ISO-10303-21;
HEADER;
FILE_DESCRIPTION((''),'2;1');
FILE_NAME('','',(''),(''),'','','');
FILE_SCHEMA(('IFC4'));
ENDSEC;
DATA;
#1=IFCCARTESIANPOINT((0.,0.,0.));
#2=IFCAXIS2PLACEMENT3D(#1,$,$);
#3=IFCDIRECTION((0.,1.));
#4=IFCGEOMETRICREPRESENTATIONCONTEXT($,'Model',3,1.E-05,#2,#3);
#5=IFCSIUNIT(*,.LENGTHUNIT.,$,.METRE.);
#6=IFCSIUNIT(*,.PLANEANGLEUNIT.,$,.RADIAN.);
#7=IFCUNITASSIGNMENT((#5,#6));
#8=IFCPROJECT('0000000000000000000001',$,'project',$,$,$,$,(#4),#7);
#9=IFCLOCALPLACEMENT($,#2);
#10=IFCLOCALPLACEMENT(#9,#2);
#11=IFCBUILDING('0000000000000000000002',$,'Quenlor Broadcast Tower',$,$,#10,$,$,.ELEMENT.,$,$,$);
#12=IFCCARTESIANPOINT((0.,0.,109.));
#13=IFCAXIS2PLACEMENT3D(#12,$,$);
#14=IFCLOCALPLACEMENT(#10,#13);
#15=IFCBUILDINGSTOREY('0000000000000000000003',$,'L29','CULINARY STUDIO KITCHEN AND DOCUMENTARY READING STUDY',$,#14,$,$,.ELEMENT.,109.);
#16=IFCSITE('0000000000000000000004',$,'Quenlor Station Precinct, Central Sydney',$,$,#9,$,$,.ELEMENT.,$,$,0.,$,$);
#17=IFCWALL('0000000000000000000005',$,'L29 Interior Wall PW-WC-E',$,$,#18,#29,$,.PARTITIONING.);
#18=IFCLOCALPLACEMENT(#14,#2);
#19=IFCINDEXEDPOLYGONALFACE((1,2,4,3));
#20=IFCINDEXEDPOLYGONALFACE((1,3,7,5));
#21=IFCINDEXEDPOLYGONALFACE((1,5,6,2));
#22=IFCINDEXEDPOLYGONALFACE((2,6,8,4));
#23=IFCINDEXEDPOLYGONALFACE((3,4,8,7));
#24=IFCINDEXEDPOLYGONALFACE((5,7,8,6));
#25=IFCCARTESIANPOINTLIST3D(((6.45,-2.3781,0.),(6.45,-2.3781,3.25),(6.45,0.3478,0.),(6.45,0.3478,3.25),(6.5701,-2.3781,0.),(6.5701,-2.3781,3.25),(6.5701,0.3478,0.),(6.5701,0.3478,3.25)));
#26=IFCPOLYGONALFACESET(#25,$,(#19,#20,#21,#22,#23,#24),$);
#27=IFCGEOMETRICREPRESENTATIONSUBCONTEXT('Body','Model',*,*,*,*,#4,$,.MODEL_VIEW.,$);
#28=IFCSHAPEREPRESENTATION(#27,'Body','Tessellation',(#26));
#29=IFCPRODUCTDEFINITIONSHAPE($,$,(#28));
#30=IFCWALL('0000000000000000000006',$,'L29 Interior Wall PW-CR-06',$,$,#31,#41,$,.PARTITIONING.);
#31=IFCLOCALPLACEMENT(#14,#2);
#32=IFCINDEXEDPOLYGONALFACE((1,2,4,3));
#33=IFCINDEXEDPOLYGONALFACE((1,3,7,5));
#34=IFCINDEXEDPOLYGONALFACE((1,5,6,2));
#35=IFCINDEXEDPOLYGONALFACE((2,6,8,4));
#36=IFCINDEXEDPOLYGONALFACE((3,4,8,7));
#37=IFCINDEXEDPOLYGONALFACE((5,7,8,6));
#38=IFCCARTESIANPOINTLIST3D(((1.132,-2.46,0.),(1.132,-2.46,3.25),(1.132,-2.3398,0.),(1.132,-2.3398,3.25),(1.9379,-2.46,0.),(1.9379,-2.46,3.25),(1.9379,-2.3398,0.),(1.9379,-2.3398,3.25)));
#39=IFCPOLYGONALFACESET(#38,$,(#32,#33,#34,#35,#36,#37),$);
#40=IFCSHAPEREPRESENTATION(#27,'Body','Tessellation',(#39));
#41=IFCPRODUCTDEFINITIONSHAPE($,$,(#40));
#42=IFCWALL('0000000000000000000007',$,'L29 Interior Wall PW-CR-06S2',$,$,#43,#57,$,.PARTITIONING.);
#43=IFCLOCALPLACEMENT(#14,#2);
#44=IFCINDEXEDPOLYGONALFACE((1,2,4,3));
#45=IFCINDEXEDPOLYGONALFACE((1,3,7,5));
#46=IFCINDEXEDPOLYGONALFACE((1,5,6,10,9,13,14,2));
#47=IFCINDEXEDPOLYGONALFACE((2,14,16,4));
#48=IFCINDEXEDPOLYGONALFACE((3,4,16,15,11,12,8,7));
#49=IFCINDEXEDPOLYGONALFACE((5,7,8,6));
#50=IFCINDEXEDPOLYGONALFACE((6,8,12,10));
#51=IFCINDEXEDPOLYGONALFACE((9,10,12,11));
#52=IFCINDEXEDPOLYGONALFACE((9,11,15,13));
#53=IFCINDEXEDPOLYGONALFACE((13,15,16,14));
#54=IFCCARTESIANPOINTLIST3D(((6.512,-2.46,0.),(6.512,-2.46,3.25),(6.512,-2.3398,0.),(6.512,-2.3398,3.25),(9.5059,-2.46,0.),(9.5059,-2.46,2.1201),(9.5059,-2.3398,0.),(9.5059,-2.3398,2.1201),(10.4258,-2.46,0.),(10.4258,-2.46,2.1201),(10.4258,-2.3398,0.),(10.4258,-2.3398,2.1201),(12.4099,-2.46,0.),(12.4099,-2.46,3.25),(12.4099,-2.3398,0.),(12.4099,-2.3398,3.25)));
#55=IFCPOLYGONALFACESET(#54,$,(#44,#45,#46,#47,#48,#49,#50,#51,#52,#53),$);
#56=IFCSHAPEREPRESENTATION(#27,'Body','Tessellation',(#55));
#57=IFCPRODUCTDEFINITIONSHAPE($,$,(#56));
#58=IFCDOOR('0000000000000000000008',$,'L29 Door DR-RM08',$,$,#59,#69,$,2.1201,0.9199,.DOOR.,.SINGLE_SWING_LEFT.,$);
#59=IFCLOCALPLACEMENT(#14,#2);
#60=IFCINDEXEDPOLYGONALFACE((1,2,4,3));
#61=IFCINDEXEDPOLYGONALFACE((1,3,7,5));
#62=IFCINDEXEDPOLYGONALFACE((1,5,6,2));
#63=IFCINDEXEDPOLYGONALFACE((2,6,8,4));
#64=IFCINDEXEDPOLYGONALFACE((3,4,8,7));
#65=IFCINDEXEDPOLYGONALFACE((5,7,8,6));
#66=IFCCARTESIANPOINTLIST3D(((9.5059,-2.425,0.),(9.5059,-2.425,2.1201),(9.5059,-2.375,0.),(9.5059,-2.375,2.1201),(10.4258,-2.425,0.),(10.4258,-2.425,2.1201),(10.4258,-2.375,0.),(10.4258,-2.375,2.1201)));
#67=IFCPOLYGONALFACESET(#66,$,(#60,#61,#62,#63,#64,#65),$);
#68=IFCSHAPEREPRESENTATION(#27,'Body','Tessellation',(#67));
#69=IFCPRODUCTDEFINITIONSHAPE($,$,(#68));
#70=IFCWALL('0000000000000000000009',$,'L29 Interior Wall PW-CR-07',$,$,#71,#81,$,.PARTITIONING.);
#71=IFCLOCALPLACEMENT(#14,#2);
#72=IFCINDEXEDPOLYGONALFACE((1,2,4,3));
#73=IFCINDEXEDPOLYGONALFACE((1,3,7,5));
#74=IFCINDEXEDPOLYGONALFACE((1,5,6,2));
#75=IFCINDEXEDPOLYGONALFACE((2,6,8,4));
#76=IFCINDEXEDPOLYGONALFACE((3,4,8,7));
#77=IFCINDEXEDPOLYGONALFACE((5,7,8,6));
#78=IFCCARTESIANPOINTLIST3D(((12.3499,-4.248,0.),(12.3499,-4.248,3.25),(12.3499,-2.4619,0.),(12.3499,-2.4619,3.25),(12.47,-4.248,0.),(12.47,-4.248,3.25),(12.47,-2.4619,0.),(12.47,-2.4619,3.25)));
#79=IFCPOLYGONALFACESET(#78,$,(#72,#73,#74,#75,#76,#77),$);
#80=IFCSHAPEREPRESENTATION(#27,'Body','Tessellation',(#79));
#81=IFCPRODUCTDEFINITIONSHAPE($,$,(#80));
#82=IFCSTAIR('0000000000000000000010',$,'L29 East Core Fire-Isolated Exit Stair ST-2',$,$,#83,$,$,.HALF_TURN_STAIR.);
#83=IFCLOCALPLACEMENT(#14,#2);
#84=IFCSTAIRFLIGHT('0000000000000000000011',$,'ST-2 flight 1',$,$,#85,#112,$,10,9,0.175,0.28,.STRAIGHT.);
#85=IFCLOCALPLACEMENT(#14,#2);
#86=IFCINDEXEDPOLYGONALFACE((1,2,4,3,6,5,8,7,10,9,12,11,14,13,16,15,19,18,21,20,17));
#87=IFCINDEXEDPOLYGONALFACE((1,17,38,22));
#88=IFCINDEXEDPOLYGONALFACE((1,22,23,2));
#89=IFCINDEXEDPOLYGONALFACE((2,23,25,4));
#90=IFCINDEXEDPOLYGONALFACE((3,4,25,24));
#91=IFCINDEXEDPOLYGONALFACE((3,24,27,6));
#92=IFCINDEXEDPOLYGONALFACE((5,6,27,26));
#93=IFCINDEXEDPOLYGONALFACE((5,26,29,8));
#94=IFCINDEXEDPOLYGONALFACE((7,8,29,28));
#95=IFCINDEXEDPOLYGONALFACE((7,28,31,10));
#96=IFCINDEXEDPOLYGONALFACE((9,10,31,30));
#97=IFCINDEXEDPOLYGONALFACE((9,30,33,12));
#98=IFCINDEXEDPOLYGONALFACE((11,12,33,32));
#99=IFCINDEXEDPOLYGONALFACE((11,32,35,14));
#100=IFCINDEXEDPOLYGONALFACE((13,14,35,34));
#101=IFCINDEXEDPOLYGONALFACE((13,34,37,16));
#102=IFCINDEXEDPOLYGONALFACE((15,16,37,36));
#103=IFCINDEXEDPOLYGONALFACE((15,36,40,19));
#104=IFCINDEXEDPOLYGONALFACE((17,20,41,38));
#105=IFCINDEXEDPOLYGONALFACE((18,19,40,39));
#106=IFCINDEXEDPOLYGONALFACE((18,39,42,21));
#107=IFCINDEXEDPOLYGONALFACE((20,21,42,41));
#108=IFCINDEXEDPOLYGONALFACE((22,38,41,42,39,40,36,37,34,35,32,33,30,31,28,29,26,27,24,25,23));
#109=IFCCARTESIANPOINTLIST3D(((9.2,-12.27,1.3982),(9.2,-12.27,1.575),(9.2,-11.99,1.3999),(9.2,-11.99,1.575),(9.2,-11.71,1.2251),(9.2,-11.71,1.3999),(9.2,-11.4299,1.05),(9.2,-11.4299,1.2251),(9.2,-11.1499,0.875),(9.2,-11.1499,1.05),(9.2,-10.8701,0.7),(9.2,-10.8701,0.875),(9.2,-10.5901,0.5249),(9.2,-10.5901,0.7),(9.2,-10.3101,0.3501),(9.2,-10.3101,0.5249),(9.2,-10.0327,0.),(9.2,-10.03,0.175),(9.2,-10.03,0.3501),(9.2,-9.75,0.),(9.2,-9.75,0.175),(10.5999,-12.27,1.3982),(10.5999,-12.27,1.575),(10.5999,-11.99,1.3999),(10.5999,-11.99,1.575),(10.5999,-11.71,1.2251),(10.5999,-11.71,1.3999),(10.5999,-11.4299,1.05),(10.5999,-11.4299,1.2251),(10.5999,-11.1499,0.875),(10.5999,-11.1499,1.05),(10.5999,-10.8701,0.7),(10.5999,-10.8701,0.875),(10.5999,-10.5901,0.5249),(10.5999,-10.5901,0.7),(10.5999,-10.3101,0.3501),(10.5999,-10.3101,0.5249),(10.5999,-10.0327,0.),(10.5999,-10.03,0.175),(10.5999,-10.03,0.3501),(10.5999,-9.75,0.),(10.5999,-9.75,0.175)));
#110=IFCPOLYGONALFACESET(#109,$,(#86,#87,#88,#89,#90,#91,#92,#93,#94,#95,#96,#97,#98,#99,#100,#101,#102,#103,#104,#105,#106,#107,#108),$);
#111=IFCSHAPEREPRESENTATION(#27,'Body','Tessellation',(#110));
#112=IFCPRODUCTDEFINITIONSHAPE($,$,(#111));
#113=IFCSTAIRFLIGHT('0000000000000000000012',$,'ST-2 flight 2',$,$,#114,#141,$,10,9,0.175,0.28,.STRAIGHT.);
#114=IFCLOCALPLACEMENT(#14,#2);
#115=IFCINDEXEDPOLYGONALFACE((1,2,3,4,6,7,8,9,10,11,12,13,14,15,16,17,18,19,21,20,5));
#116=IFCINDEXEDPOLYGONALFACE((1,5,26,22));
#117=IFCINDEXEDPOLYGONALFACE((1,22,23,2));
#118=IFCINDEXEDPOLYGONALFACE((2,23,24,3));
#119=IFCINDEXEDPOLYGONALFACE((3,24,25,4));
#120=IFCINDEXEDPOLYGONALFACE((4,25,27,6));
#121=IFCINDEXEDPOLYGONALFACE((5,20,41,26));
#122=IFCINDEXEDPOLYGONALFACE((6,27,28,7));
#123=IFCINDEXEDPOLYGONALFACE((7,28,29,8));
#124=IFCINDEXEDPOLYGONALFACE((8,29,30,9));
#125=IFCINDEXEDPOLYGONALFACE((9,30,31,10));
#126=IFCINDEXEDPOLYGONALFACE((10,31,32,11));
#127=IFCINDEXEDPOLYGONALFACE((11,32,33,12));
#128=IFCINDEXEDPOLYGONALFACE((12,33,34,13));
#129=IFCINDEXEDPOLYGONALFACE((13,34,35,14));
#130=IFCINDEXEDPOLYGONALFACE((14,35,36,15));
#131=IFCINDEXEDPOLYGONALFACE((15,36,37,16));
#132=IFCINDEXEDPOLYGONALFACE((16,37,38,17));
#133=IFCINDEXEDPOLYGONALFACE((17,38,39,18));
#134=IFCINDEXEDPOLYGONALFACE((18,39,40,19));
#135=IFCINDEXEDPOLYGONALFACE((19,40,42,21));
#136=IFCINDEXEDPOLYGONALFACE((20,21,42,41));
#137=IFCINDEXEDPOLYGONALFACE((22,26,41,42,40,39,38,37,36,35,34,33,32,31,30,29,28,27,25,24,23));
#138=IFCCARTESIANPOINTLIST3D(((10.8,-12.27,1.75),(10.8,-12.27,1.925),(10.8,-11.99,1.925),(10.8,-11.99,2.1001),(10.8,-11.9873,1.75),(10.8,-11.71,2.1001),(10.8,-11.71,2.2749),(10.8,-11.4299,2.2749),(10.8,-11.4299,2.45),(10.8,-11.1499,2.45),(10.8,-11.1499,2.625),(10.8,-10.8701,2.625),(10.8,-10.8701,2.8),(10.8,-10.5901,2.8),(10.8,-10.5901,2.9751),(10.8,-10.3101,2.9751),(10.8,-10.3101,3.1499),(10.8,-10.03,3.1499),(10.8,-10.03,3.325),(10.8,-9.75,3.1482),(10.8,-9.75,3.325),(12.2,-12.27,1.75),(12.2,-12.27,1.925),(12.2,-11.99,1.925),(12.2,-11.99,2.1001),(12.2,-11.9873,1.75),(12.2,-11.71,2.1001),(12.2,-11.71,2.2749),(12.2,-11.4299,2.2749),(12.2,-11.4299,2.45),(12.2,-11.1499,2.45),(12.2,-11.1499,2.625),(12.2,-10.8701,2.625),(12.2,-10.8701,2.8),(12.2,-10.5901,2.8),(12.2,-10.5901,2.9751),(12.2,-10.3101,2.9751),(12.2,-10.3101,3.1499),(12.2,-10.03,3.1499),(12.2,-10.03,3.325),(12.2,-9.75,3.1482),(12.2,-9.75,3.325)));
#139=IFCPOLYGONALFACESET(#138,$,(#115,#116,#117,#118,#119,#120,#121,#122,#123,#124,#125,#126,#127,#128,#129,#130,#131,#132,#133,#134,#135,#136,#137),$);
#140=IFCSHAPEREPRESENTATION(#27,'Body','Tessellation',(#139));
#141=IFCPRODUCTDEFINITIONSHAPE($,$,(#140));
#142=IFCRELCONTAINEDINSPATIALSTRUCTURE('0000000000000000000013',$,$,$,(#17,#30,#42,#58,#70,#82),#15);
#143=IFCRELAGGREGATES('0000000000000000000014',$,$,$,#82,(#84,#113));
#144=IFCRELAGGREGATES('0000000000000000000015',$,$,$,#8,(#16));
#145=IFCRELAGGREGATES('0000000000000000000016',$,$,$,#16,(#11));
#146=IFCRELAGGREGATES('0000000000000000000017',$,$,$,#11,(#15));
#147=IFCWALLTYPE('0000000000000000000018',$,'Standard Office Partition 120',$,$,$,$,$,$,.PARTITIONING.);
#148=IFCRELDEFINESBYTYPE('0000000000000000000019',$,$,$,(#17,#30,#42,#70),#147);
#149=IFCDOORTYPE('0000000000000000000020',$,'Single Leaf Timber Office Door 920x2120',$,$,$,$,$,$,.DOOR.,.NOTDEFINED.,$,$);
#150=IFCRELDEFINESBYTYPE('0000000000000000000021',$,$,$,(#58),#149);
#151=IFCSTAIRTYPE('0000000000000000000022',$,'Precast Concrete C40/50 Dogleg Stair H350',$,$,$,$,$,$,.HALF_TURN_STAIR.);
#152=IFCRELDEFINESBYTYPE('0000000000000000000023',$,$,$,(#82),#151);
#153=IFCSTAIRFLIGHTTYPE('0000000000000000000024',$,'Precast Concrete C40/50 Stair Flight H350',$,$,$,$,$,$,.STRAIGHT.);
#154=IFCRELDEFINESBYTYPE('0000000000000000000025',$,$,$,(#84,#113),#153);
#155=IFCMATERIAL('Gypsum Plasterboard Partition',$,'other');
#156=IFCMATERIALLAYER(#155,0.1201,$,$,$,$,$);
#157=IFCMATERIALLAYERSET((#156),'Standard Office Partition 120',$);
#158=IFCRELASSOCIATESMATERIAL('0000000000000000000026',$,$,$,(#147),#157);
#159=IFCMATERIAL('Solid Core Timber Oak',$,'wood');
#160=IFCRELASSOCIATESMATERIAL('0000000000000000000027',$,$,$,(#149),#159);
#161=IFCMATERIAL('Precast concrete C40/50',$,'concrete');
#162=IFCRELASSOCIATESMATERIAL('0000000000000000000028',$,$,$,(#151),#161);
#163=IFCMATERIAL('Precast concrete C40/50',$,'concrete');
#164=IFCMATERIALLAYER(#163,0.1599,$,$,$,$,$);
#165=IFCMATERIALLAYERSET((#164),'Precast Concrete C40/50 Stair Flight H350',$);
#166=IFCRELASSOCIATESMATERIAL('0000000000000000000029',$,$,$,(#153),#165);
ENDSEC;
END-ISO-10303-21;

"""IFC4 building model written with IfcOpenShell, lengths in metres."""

from ifc_helpers import new_model, si_unit, direction, frame, frame_2d, origin, place, context, subcontext, project, spatial, polyline, rectangle, outline, extrude, material, layer, layer_set, type_object, element, fill, aggregate, save


model = new_model("IFC4")

# Units and contexts
model_context = context("Model", 3, precision=1e-05, world=origin(), true_north=direction((0.0, 1.0)))
body_context = subcontext(model_context, "Body", "Model", "MODEL_VIEW")
ifc_project = project(units=[si_unit("LENGTHUNIT", "METRE"), si_unit("PLANEANGLEUNIT", "RADIAN")], contexts=[model_context])

# Site, building, storey
site_placement = place(None, origin())
site = spatial("IfcSite", under=ifc_project, at=site_placement, Name="Quenlor Station Precinct, Central Sydney", CompositionType="ELEMENT", RefElevation=0.0)
building_placement = place(site_placement, origin())
building = spatial("IfcBuilding", under=site, at=building_placement, Name="Quenlor Broadcast Tower", CompositionType="ELEMENT")
storey_placement = place(building_placement, frame((0.0, 0.0, 109.0)))
storey = spatial("IfcBuildingStorey", under=building, at=storey_placement, Name="L29", Description="CULINARY STUDIO KITCHEN AND DOCUMENTARY READING STUDY", CompositionType="ELEMENT", Elevation=109.0)

# Shared definitions
ifc_material_1 = material(Name="Gypsum Plasterboard Partition", Category="other")
ifc_layer_1 = layer(ifc_material_1, 0.1201)
ifc_layer_set_1 = layer_set([ifc_layer_1], Name="Standard Office Partition 120")
wall_type_1 = type_object("IfcWallType", Name="Standard Office Partition 120", PredefinedType="PARTITIONING", material=ifc_layer_set_1)

# Walls
wall_1_placement = place(storey_placement, frame((6.51, -2.3779, 0.0), z_axis=(0.0, 0.0, 1.0), x_axis=(0.0, 1.0, 0.0)))
element("IfcWall", 1, at=wall_1_placement, inside=storey, type_object=wall_type_1, Name="L29 Interior Wall PW-WC-E", PredefinedType="PARTITIONING", context=body_context, shape_type="SweptSolid", body=[
    extrude(rectangle(XDim=2.7258, YDim=0.1201, at=frame_2d((1.3628, 0.0))), origin(), (0.0, 0.0, 1.0), 3.25),
])
wall_2_placement = place(storey_placement, frame((1.1321, -2.3999, 0.0), z_axis=(0.0, 0.0, 1.0), x_axis=(1.0, 0.0, 0.0)))
element("IfcWall", 2, at=wall_2_placement, inside=storey, type_object=wall_type_1, Name="L29 Interior Wall PW-CR-06", PredefinedType="PARTITIONING", context=body_context, shape_type="SweptSolid", body=[
    extrude(rectangle(XDim=0.8059, YDim=0.1201, at=frame_2d((0.4028, 0.0))), origin(), (0.0, 0.0, 1.0), 3.25),
])

# Wall, opening, door
wall_3_placement = place(storey_placement, frame((6.512, -2.3999, 0.0), z_axis=(0.0, 0.0, 1.0), x_axis=(1.0, 0.0, 0.0)))
wall_3 = element("IfcWall", 3, at=wall_3_placement, inside=storey, type_object=wall_type_1, Name="L29 Interior Wall PW-CR-06S2", PredefinedType="PARTITIONING", context=body_context, shape_type="SweptSolid", body=[
    extrude(rectangle(XDim=5.8979, YDim=0.1201, at=frame_2d((2.949, 0.0))), origin(), (0.0, 0.0, 1.0), 3.25),
])
opening_1_placement = place(wall_3_placement, frame((2.9939, 0.0, 0.0)))
opening_1 = element("IfcOpeningElement", 4, at=opening_1_placement, cuts=wall_3, PredefinedType="OPENING", context=body_context, shape_type="SweptSolid", body=[
    extrude(rectangle(XDim=0.9199, YDim=2.1201, at=frame_2d((0.46, 1.0601))), frame((0.0, 0.0701, 0.0), z_axis=(0.0, -1.0, 0.0), x_axis=(1.0, 0.0, 0.0)), (0.0, 0.0, 1.0), 0.1401),
])
ifc_material_2 = material(Name="Solid Core Timber Oak", Category="wood")
door_type_1 = type_object("IfcDoorType", Name="Single Leaf Timber Office Door 920x2120", OperationType="NOTDEFINED", PredefinedType="DOOR", material=ifc_material_2)
door_1_placement = place(opening_1_placement, origin())
door_1 = element("IfcDoor", 5, at=door_1_placement, inside=storey, type_object=door_type_1, Name="L29 Door DR-RM08", OperationType="SINGLE_SWING_LEFT", OverallHeight=2.1201, OverallWidth=0.9199, PredefinedType="DOOR", context=body_context, shape_type="SweptSolid", body=[
    extrude(rectangle(XDim=0.9199, YDim=2.1201, at=frame_2d((0.46, 1.0601))), frame((0.0, 0.0249, 0.0), z_axis=(0.0, -1.0, 0.0), x_axis=(1.0, 0.0, 0.0)), (0.0, 0.0, 1.0), 0.05),
])
fill(opening_1, door_1)

# Wall
wall_4_placement = place(storey_placement, frame((12.4099, -2.4619, 0.0), z_axis=(0.0, 0.0, 1.0), x_axis=(0.0, -1.0, 0.0)))
element("IfcWall", 6, at=wall_4_placement, inside=storey, type_object=wall_type_1, Name="L29 Interior Wall PW-CR-07", PredefinedType="PARTITIONING", context=body_context, shape_type="SweptSolid", body=[
    extrude(rectangle(XDim=1.7861, YDim=0.1201, at=frame_2d((0.8931, 0.0))), origin(), (0.0, 0.0, 1.0), 3.25),
])

# Stair, stair flights
ifc_material_3 = material(Name="Precast concrete C40/50", Category="concrete")
stair_type = type_object("IfcStairType", Name="Precast Concrete C40/50 Dogleg Stair H350", PredefinedType="HALF_TURN_STAIR", material=ifc_material_3)
stair_placement = place(storey_placement, origin())
stair = element("IfcStair", 7, at=stair_placement, inside=storey, type_object=stair_type, Name="L29 East Core Fire-Isolated Exit Stair ST-2", PredefinedType="HALF_TURN_STAIR")
ifc_material_4 = material(Name="Precast concrete C40/50", Category="concrete")
ifc_layer_2 = layer(ifc_material_4, 0.1599)
ifc_layer_set_2 = layer_set([ifc_layer_2], Name="Precast Concrete C40/50 Stair Flight H350")
stair_flight_type = type_object("IfcStairFlightType", Name="Precast Concrete C40/50 Stair Flight H350", PredefinedType="STRAIGHT", material=ifc_layer_set_2)
stair_flight_1_placement = place(storey_placement, frame((9.8999, -9.75, 0.0), z_axis=(0.0, 0.0, 1.0), x_axis=(0.0, -1.0, 0.0)))
stair_flight_1 = element("IfcStairFlight", 8, at=stair_flight_1_placement, type_object=stair_flight_type, Name="ST-2 flight 1", NumberOfRisers=10, NumberOfTreads=9, PredefinedType="STRAIGHT", RiserHeight=0.175, TreadLength=0.28, context=body_context, shape_type="SweptSolid", body=[
    extrude(outline(polyline([(0.0, 0.0), (0.0, 0.175), (0.28, 0.175), (0.28, 0.3501), (0.5601, 0.3501), (0.5601, 0.5249), (0.8401, 0.5249), (0.8401, 0.7), (1.1201, 0.7), (1.1201, 0.875), (1.3999, 0.875), (1.3999, 1.05), (1.6799, 1.05), (1.6799, 1.2251), (1.96, 1.2251), (1.96, 1.3999), (2.24, 1.3999), (2.24, 1.575), (2.52, 1.575), (2.52, 1.75), (2.52, 1.3982), (0.2827, 0.0), (0.0, 0.0)])), frame((0.0, 0.7, 0.0), z_axis=(0.0, -1.0, 0.0), x_axis=(1.0, 0.0, 0.0)), (0.0, 0.0, 1.0), 1.3999),
])
stair_flight_2_placement = place(storey_placement, frame((11.5, -12.27, 1.75), z_axis=(0.0, 0.0, 1.0), x_axis=(0.0, 1.0, 0.0)))
stair_flight_2 = element("IfcStairFlight", 9, at=stair_flight_2_placement, type_object=stair_flight_type, Name="ST-2 flight 2", NumberOfRisers=10, NumberOfTreads=9, PredefinedType="STRAIGHT", RiserHeight=0.175, TreadLength=0.28, context=body_context, shape_type="SweptSolid", body=[
    extrude(outline(polyline([(0.0, 0.0), (0.0, 0.175), (0.28, 0.175), (0.28, 0.3501), (0.5601, 0.3501), (0.5601, 0.5249), (0.8401, 0.5249), (0.8401, 0.7), (1.1201, 0.7), (1.1201, 0.875), (1.3999, 0.875), (1.3999, 1.05), (1.6799, 1.05), (1.6799, 1.2251), (1.96, 1.2251), (1.96, 1.3999), (2.24, 1.3999), (2.24, 1.575), (2.52, 1.575), (2.52, 1.75), (2.52, 1.3982), (0.2827, 0.0), (0.0, 0.0)])), frame((0.0, 0.7, 0.0), z_axis=(0.0, -1.0, 0.0), x_axis=(1.0, 0.0, 0.0)), (0.0, 0.0, 1.0), 1.3999),
])
aggregate(stair, [stair_flight_1, stair_flight_2])

save(model, "model.ifc")
